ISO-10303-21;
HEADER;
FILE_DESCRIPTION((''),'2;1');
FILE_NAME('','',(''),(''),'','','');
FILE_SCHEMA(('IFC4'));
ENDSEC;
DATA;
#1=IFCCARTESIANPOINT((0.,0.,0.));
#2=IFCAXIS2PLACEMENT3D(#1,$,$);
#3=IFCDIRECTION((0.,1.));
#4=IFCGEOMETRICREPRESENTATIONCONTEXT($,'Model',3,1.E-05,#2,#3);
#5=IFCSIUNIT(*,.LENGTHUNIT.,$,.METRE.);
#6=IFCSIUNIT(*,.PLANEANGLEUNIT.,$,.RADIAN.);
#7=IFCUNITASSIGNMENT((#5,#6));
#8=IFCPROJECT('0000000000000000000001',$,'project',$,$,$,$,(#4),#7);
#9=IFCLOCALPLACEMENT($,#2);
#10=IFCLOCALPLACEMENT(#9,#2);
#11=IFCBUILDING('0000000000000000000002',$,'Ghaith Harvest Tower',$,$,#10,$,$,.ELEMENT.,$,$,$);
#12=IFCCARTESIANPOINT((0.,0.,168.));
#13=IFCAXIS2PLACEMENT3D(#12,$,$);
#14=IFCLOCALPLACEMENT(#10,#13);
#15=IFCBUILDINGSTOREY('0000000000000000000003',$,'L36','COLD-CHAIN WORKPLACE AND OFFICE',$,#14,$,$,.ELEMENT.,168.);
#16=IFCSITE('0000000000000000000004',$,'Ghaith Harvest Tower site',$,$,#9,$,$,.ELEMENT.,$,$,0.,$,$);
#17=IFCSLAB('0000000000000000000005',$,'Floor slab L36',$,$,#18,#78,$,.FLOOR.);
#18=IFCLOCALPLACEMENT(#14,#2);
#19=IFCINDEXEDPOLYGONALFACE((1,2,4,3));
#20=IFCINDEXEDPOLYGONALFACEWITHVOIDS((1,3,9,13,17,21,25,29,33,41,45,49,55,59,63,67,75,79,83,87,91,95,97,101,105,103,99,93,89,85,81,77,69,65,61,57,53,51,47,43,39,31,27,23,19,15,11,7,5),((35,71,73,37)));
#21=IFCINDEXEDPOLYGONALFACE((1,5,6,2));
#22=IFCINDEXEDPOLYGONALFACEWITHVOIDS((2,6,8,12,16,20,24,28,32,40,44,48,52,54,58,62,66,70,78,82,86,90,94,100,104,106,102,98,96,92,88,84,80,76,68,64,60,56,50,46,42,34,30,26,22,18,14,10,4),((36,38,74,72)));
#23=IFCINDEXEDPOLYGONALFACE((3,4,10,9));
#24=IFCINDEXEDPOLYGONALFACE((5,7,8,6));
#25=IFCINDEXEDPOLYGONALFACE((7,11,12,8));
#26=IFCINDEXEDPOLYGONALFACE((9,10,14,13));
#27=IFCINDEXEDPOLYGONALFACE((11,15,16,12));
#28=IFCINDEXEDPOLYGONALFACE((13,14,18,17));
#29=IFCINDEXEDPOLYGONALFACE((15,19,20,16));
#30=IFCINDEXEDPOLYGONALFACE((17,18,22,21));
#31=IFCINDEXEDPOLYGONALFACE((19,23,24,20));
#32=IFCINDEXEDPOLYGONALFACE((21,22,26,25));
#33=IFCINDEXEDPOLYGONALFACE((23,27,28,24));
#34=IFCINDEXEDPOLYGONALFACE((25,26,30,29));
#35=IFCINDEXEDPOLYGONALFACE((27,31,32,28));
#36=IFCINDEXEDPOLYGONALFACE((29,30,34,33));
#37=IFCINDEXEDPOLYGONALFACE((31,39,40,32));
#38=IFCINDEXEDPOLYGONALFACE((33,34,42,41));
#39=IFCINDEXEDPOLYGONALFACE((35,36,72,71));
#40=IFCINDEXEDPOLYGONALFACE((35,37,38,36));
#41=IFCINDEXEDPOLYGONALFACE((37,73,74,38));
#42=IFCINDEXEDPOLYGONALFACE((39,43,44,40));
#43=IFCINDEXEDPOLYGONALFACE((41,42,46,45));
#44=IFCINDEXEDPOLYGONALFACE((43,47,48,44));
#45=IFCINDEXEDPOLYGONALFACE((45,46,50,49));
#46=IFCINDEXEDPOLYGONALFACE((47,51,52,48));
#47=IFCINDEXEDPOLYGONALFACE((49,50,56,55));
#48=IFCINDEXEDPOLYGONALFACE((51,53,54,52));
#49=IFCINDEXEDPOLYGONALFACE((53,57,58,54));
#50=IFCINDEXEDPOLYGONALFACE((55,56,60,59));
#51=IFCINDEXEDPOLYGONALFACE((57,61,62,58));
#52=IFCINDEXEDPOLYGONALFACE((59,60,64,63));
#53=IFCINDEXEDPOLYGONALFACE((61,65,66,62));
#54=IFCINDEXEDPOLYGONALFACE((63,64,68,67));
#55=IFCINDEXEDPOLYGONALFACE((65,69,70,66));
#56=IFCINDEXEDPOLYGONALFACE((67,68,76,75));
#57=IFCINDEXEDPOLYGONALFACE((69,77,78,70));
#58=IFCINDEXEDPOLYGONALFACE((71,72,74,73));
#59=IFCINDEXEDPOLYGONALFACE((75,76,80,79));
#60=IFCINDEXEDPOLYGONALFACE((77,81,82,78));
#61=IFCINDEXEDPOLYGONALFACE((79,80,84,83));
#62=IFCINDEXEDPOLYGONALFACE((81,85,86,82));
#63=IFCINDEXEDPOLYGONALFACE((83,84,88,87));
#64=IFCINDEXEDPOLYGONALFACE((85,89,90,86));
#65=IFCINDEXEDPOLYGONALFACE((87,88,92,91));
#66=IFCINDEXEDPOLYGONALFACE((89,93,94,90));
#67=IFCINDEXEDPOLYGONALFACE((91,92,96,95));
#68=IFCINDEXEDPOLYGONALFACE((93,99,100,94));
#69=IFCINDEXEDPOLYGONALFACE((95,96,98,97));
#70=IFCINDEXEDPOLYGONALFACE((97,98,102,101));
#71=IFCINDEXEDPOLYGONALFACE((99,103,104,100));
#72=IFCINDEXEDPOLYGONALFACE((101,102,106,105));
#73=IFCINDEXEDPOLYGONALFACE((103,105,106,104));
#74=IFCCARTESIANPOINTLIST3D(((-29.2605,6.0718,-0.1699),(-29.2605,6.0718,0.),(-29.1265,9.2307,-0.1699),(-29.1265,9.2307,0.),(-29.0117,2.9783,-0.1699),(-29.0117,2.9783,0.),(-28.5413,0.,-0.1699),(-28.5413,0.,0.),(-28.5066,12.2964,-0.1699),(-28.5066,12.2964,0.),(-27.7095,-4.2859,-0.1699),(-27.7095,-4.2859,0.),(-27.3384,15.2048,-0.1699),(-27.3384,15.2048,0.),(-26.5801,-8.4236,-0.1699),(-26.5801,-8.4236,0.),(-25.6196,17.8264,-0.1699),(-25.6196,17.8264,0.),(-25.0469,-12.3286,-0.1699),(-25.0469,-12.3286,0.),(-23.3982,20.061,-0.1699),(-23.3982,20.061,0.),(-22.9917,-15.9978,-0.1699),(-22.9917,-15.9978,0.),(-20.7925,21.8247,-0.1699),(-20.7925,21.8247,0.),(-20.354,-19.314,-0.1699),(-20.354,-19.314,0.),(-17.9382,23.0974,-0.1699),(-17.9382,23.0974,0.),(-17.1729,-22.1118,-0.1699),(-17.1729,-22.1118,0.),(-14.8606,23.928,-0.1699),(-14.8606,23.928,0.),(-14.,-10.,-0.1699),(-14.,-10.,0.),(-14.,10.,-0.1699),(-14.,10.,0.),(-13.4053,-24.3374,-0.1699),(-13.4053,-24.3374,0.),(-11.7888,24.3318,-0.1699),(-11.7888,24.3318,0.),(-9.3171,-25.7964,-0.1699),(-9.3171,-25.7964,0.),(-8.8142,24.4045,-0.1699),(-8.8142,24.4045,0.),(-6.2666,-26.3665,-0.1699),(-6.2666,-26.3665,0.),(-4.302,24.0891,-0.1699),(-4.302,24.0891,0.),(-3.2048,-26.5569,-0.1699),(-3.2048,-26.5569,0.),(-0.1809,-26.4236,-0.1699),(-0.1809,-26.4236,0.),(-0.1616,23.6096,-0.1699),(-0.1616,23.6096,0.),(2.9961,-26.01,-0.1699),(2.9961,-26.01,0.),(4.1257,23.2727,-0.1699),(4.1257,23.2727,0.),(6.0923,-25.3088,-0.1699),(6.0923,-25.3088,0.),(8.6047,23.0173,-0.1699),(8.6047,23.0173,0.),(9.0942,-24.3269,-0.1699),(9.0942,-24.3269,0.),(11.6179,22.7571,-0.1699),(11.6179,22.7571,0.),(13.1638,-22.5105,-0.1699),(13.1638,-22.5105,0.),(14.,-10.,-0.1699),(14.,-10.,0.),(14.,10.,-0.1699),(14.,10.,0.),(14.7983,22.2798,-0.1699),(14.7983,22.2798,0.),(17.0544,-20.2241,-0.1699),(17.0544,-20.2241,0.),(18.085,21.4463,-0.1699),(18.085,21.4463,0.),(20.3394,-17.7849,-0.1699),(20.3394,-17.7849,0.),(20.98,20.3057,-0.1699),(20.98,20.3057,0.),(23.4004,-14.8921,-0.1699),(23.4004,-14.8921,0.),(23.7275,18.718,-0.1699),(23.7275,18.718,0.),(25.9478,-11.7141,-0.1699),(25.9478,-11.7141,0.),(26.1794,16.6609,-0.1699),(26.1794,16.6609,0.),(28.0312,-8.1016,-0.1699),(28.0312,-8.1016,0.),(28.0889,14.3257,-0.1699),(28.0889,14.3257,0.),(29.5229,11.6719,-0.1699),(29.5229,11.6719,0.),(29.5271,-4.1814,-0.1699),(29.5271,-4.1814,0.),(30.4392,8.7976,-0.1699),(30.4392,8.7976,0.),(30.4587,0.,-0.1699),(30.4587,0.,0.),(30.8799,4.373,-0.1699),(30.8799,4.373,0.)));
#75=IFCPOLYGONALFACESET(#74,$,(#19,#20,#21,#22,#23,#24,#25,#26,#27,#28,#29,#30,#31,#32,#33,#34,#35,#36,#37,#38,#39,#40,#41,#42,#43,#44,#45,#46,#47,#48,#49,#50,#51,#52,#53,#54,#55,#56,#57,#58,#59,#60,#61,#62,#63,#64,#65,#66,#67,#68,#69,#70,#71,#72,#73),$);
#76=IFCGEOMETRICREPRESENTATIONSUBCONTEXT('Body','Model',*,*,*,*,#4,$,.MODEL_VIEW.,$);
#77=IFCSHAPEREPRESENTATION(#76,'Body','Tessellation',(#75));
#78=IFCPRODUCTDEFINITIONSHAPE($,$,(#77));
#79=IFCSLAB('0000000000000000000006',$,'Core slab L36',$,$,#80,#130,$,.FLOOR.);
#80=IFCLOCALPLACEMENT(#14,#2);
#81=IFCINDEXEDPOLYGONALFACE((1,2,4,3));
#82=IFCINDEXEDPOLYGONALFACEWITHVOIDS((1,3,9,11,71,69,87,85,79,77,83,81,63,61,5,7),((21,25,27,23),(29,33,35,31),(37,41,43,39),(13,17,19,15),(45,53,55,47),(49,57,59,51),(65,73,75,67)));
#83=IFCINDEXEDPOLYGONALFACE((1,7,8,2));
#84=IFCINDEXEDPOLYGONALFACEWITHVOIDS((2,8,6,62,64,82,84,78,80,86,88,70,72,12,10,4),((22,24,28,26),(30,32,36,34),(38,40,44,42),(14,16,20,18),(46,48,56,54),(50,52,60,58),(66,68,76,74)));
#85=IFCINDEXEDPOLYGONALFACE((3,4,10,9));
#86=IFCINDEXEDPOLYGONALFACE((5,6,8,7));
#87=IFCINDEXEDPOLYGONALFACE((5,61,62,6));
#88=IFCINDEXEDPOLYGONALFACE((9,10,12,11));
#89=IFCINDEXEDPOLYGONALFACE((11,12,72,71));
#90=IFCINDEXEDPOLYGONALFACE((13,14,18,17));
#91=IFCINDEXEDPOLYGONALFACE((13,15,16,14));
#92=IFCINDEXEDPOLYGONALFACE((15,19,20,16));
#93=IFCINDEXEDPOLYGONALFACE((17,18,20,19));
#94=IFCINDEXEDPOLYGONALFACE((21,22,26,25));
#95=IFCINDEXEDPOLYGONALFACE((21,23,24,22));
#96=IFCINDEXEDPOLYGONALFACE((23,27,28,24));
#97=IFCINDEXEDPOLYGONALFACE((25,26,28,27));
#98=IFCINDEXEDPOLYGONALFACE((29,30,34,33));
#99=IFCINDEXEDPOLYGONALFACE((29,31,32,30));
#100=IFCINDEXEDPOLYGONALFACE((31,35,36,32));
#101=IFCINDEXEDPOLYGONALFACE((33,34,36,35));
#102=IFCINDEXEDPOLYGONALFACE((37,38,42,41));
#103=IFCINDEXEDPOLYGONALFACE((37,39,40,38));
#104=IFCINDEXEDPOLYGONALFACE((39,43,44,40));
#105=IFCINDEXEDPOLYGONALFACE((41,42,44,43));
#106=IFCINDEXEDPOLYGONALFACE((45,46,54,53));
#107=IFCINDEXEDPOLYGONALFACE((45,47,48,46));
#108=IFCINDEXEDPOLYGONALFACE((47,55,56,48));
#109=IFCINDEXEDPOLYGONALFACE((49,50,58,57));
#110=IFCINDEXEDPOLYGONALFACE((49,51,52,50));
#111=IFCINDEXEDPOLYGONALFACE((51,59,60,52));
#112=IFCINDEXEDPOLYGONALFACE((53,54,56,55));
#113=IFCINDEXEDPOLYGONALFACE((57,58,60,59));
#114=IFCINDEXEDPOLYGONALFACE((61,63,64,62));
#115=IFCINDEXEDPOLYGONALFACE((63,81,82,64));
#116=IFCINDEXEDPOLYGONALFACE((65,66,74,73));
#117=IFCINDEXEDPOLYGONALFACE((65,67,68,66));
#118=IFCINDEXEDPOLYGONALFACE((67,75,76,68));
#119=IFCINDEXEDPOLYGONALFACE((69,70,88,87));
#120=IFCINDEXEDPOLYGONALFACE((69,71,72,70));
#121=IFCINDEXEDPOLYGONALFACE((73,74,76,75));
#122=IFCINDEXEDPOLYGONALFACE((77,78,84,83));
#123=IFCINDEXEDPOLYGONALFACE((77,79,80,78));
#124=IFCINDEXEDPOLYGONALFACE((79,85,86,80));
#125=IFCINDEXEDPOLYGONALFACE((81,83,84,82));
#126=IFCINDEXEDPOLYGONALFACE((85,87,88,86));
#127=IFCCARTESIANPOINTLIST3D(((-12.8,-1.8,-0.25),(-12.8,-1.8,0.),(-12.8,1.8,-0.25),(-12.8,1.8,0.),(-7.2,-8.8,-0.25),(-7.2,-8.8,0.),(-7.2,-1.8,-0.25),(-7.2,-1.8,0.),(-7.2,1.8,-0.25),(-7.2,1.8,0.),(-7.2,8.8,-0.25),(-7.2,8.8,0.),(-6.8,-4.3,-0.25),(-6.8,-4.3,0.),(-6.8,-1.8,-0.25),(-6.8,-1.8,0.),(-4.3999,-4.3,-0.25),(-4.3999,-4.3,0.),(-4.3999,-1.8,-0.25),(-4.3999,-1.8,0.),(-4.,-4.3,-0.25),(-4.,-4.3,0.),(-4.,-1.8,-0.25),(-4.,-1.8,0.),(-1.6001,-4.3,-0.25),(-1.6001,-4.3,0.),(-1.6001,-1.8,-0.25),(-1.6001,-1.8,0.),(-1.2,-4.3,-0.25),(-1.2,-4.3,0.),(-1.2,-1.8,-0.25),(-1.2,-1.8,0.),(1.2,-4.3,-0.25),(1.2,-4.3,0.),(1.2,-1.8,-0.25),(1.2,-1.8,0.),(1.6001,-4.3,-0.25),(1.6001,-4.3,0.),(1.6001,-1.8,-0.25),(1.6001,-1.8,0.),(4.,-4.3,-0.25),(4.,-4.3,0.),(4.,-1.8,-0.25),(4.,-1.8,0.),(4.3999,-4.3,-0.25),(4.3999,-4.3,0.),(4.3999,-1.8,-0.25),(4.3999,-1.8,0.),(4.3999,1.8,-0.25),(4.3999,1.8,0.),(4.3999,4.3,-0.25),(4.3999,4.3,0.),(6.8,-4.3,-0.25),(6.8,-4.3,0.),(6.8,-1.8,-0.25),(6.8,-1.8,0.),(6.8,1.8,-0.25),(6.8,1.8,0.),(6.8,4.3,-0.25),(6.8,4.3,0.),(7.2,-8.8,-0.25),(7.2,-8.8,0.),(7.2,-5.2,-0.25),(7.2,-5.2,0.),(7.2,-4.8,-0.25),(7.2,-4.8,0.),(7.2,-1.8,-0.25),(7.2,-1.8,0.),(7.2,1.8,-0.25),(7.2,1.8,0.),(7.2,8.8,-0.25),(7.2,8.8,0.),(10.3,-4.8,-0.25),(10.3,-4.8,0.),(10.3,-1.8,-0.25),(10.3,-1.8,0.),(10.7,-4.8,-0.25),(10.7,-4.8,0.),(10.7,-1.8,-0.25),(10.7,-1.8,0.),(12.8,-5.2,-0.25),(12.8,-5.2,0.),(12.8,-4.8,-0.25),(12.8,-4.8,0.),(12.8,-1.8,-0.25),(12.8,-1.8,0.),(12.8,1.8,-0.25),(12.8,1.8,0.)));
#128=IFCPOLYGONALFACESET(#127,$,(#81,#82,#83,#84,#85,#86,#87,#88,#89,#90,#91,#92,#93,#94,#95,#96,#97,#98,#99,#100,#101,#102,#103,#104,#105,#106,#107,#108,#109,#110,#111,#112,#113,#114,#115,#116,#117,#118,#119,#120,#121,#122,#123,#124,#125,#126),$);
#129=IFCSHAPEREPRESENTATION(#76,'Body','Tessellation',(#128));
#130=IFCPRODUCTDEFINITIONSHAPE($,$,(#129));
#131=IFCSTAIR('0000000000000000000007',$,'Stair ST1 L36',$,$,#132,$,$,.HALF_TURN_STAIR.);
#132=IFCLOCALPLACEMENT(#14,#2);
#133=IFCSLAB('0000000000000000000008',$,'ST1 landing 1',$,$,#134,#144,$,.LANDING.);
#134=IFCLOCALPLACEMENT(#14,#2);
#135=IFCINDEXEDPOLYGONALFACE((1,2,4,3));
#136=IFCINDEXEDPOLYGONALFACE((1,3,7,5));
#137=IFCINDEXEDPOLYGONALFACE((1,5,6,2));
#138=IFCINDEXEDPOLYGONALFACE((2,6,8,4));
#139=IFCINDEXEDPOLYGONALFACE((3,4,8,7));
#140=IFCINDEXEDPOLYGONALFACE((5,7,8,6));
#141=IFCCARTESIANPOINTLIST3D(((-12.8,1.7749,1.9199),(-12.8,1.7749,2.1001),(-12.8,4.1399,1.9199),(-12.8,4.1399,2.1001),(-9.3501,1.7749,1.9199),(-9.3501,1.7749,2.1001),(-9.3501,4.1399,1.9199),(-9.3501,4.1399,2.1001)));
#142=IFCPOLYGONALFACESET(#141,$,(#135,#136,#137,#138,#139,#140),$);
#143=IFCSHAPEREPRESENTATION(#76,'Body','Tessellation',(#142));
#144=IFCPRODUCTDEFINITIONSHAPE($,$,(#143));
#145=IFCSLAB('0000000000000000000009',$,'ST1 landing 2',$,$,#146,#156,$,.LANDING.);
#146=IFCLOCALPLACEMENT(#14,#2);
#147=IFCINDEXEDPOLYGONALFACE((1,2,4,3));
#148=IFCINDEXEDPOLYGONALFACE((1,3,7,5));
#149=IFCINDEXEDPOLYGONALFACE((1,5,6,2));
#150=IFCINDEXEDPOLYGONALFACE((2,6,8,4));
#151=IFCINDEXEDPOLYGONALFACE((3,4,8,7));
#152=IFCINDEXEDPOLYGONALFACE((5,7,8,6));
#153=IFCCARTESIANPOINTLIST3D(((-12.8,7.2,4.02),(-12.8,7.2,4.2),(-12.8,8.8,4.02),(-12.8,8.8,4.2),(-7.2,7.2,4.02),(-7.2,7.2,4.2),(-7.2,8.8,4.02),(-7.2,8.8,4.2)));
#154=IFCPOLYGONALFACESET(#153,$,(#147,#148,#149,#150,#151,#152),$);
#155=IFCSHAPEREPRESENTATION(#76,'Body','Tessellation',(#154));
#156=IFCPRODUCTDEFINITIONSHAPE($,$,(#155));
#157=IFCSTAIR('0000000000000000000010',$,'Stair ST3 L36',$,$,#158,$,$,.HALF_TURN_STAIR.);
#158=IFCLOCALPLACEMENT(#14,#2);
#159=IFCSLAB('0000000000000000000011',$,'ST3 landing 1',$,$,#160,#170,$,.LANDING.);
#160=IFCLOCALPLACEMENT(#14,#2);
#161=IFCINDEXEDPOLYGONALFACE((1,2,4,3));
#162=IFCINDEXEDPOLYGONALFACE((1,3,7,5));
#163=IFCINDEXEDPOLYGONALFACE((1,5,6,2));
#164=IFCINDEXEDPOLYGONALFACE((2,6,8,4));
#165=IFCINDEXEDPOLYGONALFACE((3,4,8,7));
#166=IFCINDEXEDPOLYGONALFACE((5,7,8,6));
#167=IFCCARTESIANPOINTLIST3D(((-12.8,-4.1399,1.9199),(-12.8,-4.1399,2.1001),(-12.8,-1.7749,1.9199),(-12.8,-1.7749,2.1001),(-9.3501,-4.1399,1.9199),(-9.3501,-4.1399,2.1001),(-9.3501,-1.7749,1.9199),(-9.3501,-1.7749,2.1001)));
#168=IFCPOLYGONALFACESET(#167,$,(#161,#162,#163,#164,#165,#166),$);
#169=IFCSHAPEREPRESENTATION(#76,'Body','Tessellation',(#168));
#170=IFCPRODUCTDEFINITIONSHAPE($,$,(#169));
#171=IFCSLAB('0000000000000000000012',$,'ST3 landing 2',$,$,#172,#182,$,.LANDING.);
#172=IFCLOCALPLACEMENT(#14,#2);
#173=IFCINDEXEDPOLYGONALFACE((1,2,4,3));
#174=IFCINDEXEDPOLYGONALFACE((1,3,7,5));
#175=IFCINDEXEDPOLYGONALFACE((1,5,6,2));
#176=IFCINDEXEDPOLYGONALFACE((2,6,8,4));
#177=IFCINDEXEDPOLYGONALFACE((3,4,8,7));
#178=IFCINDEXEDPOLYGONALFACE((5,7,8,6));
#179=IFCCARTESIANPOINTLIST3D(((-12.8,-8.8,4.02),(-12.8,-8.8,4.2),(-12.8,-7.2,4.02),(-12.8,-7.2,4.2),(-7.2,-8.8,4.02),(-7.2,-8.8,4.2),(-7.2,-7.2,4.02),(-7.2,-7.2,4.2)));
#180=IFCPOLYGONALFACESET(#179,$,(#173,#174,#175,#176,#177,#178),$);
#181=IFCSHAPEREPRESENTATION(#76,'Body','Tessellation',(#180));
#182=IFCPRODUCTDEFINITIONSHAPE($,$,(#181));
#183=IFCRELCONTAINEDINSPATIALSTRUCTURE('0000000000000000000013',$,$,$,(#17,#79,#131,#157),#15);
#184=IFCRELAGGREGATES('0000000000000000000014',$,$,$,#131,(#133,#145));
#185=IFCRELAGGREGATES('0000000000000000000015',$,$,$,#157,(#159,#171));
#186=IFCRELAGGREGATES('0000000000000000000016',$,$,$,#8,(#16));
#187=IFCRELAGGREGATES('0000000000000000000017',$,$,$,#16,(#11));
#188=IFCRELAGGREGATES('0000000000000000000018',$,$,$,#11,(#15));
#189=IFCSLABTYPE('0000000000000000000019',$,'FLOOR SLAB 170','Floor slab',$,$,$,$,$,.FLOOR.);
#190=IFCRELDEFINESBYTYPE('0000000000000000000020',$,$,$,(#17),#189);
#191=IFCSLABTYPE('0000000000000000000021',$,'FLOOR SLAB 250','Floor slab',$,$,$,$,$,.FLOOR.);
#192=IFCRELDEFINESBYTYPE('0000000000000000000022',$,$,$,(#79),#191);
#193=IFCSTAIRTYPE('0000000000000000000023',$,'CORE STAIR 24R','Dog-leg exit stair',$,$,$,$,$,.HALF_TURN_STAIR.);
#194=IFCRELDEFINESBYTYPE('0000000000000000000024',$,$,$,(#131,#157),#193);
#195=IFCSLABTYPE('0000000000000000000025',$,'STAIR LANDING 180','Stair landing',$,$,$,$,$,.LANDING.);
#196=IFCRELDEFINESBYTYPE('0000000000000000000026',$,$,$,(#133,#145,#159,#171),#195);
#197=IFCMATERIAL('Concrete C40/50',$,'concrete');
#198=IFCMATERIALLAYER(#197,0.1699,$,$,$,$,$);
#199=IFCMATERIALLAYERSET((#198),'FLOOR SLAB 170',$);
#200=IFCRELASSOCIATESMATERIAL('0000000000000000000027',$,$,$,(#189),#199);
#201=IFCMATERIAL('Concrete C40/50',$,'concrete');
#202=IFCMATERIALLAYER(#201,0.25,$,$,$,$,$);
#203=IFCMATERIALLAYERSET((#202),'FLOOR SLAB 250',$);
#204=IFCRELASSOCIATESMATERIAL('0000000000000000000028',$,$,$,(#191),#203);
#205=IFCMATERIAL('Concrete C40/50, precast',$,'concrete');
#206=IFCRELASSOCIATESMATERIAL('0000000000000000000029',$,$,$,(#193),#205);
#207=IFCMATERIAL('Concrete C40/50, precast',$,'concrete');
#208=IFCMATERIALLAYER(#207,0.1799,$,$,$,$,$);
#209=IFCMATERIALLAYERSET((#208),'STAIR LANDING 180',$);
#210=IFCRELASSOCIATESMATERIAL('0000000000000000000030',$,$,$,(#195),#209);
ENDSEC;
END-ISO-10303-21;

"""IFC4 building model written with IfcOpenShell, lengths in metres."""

from ifc_helpers import new_model, si_unit, direction, frame, origin, place, context, subcontext, project, spatial, polyline, outline, extrude, material, layer, layer_set, type_object, element, aggregate, save


model = new_model("IFC4")

# Units and contexts
model_context = context("Model", 3, precision=1e-05, world=origin(), true_north=direction((0.0, 1.0)))
body_context = subcontext(model_context, "Body", "Model", "MODEL_VIEW")
ifc_project = project(units=[si_unit("LENGTHUNIT", "METRE"), si_unit("PLANEANGLEUNIT", "RADIAN")], contexts=[model_context])

# Site, building, storey
site_placement = place(None, origin())
site = spatial("IfcSite", under=ifc_project, at=site_placement, Name="Ghaith Harvest Tower site", CompositionType="ELEMENT", RefElevation=0.0)
building_placement = place(site_placement, origin())
building = spatial("IfcBuilding", under=site, at=building_placement, Name="Ghaith Harvest Tower", CompositionType="ELEMENT")
storey_placement = place(building_placement, frame((0.0, 0.0, 168.0)))
storey = spatial("IfcBuildingStorey", under=building, at=storey_placement, Name="L36", Description="COLD-CHAIN WORKPLACE AND OFFICE", CompositionType="ELEMENT", Elevation=168.0)

# Slabs
ifc_material_1 = material(Name="Concrete C40/50", Category="concrete")
ifc_layer_1 = layer(ifc_material_1, 0.1699)
ifc_layer_set_1 = layer_set([ifc_layer_1], Name="FLOOR SLAB 170")
slab_type_1 = type_object("IfcSlabType", Name="FLOOR SLAB 170", Description="Floor slab", PredefinedType="FLOOR", material=ifc_layer_set_1)
slab_1_placement = place(storey_placement, frame((0.0, 0.0, -0.1699)))
element("IfcSlab", 1, at=slab_1_placement, inside=storey, type_object=slab_type_1, Name="Floor slab L36", PredefinedType="FLOOR", context=body_context, shape_type="SweptSolid", body=[
    extrude(outline(polyline([(30.4587, 0.0), (30.8799, 4.373), (30.4392, 8.7976), (29.5229, 11.6719), (28.0889, 14.3257), (26.1794, 16.6609), (23.7275, 18.718), (20.98, 20.3057), (18.085, 21.4463), (14.7983, 22.2798), (11.6179, 22.7571), (8.6047, 23.0173), (4.1257, 23.2727), (-0.1616, 23.6096), (-4.302, 24.0891), (-8.8142, 24.4045), (-11.7888, 24.3318), (-14.8606, 23.928), (-17.9382, 23.0974), (-20.7925, 21.8247), (-23.3982, 20.061), (-25.6196, 17.8264), (-27.3384, 15.2048), (-28.5066, 12.2964), (-29.1265, 9.2307), (-29.2605, 6.0718), (-29.0117, 2.9783), (-28.5413, 0.0), (-27.7095, -4.2859), (-26.5801, -8.4236), (-25.0469, -12.3286), (-22.9917, -15.9978), (-20.354, -19.314), (-17.1729, -22.1118), (-13.4053, -24.3374), (-9.3171, -25.7964), (-6.2666, -26.3665), (-3.2048, -26.5569), (-0.1809, -26.4236), (2.9961, -26.01), (6.0923, -25.3088), (9.0942, -24.3269), (13.1638, -22.5105), (17.0544, -20.2241), (20.3394, -17.7849), (23.4004, -14.8921), (25.9478, -11.7141), (28.0312, -8.1016), (29.5271, -4.1814), (30.4587, 0.0)]), holes=[polyline([(-14.0, -10.0), (14.0, -10.0), (14.0, 10.0), (-14.0, 10.0), (-14.0, -10.0)])]), origin(), (0.0, 0.0, 1.0), 0.1699),
])
ifc_material_2 = material(Name="Concrete C40/50", Category="concrete")
ifc_layer_2 = layer(ifc_material_2, 0.25)
ifc_layer_set_2 = layer_set([ifc_layer_2], Name="FLOOR SLAB 250")
slab_type_2 = type_object("IfcSlabType", Name="FLOOR SLAB 250", Description="Floor slab", PredefinedType="FLOOR", material=ifc_layer_set_2)
slab_2_placement = place(storey_placement, frame((0.0, 0.0, -0.25)))
element("IfcSlab", 2, at=slab_2_placement, inside=storey, type_object=slab_type_2, Name="Core slab L36", PredefinedType="FLOOR", context=body_context, shape_type="SweptSolid", body=[
    extrude(outline(polyline([(-12.8, 1.8), (-7.2, 1.8), (-7.2, 8.8), (7.2, 8.8), (7.2, 1.8), (12.8, 1.8), (12.8, -1.8), (10.7, -1.8), (10.7, -4.8), (12.8, -4.8), (12.8, -5.2), (7.2, -5.2), (7.2, -8.8), (-7.2, -8.8), (-7.2, -1.8), (-12.8, -1.8), (-12.8, 1.8)]), holes=[polyline([(-4.3999, -4.3), (-4.3999, -1.8), (-6.8, -1.8), (-6.8, -4.3), (-4.3999, -4.3)]), polyline([(-1.6001, -4.3), (-1.6001, -1.8), (-4.0, -1.8), (-4.0, -4.3), (-1.6001, -4.3)]), polyline([(1.2, -1.8), (-1.2, -1.8), (-1.2, -4.3), (1.2, -4.3), (1.2, -1.8)]), polyline([(4.0, -4.3), (4.0, -1.8), (1.6001, -1.8), (1.6001, -4.3), (4.0, -4.3)]), polyline([(10.3, -4.8), (10.3, -1.8), (7.2, -1.8), (7.2, -4.8), (10.3, -4.8)]), polyline([(6.8, -1.8), (4.3999, -1.8), (4.3999, -4.3), (6.8, -4.3), (6.8, -1.8)]), polyline([(6.8, 1.8), (6.8, 4.3), (4.3999, 4.3), (4.3999, 1.8), (6.8, 1.8)])]), origin(), (0.0, 0.0, 1.0), 0.25),
])

# Stairs, slabs
ifc_material_3 = material(Name="Concrete C40/50, precast", Category="concrete")
stair_type = type_object("IfcStairType", Name="CORE STAIR 24R", Description="Dog-leg exit stair", PredefinedType="HALF_TURN_STAIR", material=ifc_material_3)
stair_1_placement = place(storey_placement, origin())
stair_1 = element("IfcStair", 3, at=stair_1_placement, inside=storey, type_object=stair_type, Name="Stair ST1 L36", PredefinedType="HALF_TURN_STAIR")
ifc_material_4 = material(Name="Concrete C40/50, precast", Category="concrete")
ifc_layer_3 = layer(ifc_material_4, 0.1799)
ifc_layer_set_3 = layer_set([ifc_layer_3], Name="STAIR LANDING 180")
slab_type_3 = type_object("IfcSlabType", Name="STAIR LANDING 180", Description="Stair landing", PredefinedType="LANDING", material=ifc_layer_set_3)
slab_3_placement = place(storey_placement, frame((0.0, 0.0, 1.9199)))
slab_3 = element("IfcSlab", 4, at=slab_3_placement, type_object=slab_type_3, Name="ST1 landing 1", PredefinedType="LANDING", context=body_context, shape_type="SweptSolid", body=[
    extrude(outline(polyline([(-12.8, 4.1399), (-12.8, 1.7749), (-9.3501, 1.7749), (-9.3501, 4.1399), (-12.8, 4.1399)])), origin(), (0.0, 0.0, 1.0), 0.1802),
])
slab_4_placement = place(storey_placement, frame((0.0, 0.0, 4.02)))
slab_4 = element("IfcSlab", 5, at=slab_4_placement, type_object=slab_type_3, Name="ST1 landing 2", PredefinedType="LANDING", context=body_context, shape_type="SweptSolid", body=[
    extrude(outline(polyline([(-12.8, 8.8), (-12.8, 7.2), (-7.2, 7.2), (-7.2, 8.8), (-12.8, 8.8)])), origin(), (0.0, 0.0, 1.0), 0.1799),
])
aggregate(stair_1, [slab_3, slab_4])
stair_2_placement = place(storey_placement, origin())
stair_2 = element("IfcStair", 6, at=stair_2_placement, inside=storey, type_object=stair_type, Name="Stair ST3 L36", PredefinedType="HALF_TURN_STAIR")
slab_5_placement = place(storey_placement, frame((0.0, 0.0, 1.9199)))
slab_5 = element("IfcSlab", 7, at=slab_5_placement, type_object=slab_type_3, Name="ST3 landing 1", PredefinedType="LANDING", context=body_context, shape_type="SweptSolid", body=[
    extrude(outline(polyline([(-12.8, -4.1399), (-12.8, -1.7749), (-9.3501, -1.7749), (-9.3501, -4.1399), (-12.8, -4.1399)])), origin(), (0.0, 0.0, 1.0), 0.1802),
])
slab_6_placement = place(storey_placement, frame((0.0, 0.0, 4.02)))
slab_6 = element("IfcSlab", 8, at=slab_6_placement, type_object=slab_type_3, Name="ST3 landing 2", PredefinedType="LANDING", context=body_context, shape_type="SweptSolid", body=[
    extrude(outline(polyline([(-12.8, -8.8), (-12.8, -7.2), (-7.2, -7.2), (-7.2, -8.8), (-12.8, -8.8)])), origin(), (0.0, 0.0, 1.0), 0.1799),
])
aggregate(stair_2, [slab_5, slab_6])

save(model, "model.ifc")
